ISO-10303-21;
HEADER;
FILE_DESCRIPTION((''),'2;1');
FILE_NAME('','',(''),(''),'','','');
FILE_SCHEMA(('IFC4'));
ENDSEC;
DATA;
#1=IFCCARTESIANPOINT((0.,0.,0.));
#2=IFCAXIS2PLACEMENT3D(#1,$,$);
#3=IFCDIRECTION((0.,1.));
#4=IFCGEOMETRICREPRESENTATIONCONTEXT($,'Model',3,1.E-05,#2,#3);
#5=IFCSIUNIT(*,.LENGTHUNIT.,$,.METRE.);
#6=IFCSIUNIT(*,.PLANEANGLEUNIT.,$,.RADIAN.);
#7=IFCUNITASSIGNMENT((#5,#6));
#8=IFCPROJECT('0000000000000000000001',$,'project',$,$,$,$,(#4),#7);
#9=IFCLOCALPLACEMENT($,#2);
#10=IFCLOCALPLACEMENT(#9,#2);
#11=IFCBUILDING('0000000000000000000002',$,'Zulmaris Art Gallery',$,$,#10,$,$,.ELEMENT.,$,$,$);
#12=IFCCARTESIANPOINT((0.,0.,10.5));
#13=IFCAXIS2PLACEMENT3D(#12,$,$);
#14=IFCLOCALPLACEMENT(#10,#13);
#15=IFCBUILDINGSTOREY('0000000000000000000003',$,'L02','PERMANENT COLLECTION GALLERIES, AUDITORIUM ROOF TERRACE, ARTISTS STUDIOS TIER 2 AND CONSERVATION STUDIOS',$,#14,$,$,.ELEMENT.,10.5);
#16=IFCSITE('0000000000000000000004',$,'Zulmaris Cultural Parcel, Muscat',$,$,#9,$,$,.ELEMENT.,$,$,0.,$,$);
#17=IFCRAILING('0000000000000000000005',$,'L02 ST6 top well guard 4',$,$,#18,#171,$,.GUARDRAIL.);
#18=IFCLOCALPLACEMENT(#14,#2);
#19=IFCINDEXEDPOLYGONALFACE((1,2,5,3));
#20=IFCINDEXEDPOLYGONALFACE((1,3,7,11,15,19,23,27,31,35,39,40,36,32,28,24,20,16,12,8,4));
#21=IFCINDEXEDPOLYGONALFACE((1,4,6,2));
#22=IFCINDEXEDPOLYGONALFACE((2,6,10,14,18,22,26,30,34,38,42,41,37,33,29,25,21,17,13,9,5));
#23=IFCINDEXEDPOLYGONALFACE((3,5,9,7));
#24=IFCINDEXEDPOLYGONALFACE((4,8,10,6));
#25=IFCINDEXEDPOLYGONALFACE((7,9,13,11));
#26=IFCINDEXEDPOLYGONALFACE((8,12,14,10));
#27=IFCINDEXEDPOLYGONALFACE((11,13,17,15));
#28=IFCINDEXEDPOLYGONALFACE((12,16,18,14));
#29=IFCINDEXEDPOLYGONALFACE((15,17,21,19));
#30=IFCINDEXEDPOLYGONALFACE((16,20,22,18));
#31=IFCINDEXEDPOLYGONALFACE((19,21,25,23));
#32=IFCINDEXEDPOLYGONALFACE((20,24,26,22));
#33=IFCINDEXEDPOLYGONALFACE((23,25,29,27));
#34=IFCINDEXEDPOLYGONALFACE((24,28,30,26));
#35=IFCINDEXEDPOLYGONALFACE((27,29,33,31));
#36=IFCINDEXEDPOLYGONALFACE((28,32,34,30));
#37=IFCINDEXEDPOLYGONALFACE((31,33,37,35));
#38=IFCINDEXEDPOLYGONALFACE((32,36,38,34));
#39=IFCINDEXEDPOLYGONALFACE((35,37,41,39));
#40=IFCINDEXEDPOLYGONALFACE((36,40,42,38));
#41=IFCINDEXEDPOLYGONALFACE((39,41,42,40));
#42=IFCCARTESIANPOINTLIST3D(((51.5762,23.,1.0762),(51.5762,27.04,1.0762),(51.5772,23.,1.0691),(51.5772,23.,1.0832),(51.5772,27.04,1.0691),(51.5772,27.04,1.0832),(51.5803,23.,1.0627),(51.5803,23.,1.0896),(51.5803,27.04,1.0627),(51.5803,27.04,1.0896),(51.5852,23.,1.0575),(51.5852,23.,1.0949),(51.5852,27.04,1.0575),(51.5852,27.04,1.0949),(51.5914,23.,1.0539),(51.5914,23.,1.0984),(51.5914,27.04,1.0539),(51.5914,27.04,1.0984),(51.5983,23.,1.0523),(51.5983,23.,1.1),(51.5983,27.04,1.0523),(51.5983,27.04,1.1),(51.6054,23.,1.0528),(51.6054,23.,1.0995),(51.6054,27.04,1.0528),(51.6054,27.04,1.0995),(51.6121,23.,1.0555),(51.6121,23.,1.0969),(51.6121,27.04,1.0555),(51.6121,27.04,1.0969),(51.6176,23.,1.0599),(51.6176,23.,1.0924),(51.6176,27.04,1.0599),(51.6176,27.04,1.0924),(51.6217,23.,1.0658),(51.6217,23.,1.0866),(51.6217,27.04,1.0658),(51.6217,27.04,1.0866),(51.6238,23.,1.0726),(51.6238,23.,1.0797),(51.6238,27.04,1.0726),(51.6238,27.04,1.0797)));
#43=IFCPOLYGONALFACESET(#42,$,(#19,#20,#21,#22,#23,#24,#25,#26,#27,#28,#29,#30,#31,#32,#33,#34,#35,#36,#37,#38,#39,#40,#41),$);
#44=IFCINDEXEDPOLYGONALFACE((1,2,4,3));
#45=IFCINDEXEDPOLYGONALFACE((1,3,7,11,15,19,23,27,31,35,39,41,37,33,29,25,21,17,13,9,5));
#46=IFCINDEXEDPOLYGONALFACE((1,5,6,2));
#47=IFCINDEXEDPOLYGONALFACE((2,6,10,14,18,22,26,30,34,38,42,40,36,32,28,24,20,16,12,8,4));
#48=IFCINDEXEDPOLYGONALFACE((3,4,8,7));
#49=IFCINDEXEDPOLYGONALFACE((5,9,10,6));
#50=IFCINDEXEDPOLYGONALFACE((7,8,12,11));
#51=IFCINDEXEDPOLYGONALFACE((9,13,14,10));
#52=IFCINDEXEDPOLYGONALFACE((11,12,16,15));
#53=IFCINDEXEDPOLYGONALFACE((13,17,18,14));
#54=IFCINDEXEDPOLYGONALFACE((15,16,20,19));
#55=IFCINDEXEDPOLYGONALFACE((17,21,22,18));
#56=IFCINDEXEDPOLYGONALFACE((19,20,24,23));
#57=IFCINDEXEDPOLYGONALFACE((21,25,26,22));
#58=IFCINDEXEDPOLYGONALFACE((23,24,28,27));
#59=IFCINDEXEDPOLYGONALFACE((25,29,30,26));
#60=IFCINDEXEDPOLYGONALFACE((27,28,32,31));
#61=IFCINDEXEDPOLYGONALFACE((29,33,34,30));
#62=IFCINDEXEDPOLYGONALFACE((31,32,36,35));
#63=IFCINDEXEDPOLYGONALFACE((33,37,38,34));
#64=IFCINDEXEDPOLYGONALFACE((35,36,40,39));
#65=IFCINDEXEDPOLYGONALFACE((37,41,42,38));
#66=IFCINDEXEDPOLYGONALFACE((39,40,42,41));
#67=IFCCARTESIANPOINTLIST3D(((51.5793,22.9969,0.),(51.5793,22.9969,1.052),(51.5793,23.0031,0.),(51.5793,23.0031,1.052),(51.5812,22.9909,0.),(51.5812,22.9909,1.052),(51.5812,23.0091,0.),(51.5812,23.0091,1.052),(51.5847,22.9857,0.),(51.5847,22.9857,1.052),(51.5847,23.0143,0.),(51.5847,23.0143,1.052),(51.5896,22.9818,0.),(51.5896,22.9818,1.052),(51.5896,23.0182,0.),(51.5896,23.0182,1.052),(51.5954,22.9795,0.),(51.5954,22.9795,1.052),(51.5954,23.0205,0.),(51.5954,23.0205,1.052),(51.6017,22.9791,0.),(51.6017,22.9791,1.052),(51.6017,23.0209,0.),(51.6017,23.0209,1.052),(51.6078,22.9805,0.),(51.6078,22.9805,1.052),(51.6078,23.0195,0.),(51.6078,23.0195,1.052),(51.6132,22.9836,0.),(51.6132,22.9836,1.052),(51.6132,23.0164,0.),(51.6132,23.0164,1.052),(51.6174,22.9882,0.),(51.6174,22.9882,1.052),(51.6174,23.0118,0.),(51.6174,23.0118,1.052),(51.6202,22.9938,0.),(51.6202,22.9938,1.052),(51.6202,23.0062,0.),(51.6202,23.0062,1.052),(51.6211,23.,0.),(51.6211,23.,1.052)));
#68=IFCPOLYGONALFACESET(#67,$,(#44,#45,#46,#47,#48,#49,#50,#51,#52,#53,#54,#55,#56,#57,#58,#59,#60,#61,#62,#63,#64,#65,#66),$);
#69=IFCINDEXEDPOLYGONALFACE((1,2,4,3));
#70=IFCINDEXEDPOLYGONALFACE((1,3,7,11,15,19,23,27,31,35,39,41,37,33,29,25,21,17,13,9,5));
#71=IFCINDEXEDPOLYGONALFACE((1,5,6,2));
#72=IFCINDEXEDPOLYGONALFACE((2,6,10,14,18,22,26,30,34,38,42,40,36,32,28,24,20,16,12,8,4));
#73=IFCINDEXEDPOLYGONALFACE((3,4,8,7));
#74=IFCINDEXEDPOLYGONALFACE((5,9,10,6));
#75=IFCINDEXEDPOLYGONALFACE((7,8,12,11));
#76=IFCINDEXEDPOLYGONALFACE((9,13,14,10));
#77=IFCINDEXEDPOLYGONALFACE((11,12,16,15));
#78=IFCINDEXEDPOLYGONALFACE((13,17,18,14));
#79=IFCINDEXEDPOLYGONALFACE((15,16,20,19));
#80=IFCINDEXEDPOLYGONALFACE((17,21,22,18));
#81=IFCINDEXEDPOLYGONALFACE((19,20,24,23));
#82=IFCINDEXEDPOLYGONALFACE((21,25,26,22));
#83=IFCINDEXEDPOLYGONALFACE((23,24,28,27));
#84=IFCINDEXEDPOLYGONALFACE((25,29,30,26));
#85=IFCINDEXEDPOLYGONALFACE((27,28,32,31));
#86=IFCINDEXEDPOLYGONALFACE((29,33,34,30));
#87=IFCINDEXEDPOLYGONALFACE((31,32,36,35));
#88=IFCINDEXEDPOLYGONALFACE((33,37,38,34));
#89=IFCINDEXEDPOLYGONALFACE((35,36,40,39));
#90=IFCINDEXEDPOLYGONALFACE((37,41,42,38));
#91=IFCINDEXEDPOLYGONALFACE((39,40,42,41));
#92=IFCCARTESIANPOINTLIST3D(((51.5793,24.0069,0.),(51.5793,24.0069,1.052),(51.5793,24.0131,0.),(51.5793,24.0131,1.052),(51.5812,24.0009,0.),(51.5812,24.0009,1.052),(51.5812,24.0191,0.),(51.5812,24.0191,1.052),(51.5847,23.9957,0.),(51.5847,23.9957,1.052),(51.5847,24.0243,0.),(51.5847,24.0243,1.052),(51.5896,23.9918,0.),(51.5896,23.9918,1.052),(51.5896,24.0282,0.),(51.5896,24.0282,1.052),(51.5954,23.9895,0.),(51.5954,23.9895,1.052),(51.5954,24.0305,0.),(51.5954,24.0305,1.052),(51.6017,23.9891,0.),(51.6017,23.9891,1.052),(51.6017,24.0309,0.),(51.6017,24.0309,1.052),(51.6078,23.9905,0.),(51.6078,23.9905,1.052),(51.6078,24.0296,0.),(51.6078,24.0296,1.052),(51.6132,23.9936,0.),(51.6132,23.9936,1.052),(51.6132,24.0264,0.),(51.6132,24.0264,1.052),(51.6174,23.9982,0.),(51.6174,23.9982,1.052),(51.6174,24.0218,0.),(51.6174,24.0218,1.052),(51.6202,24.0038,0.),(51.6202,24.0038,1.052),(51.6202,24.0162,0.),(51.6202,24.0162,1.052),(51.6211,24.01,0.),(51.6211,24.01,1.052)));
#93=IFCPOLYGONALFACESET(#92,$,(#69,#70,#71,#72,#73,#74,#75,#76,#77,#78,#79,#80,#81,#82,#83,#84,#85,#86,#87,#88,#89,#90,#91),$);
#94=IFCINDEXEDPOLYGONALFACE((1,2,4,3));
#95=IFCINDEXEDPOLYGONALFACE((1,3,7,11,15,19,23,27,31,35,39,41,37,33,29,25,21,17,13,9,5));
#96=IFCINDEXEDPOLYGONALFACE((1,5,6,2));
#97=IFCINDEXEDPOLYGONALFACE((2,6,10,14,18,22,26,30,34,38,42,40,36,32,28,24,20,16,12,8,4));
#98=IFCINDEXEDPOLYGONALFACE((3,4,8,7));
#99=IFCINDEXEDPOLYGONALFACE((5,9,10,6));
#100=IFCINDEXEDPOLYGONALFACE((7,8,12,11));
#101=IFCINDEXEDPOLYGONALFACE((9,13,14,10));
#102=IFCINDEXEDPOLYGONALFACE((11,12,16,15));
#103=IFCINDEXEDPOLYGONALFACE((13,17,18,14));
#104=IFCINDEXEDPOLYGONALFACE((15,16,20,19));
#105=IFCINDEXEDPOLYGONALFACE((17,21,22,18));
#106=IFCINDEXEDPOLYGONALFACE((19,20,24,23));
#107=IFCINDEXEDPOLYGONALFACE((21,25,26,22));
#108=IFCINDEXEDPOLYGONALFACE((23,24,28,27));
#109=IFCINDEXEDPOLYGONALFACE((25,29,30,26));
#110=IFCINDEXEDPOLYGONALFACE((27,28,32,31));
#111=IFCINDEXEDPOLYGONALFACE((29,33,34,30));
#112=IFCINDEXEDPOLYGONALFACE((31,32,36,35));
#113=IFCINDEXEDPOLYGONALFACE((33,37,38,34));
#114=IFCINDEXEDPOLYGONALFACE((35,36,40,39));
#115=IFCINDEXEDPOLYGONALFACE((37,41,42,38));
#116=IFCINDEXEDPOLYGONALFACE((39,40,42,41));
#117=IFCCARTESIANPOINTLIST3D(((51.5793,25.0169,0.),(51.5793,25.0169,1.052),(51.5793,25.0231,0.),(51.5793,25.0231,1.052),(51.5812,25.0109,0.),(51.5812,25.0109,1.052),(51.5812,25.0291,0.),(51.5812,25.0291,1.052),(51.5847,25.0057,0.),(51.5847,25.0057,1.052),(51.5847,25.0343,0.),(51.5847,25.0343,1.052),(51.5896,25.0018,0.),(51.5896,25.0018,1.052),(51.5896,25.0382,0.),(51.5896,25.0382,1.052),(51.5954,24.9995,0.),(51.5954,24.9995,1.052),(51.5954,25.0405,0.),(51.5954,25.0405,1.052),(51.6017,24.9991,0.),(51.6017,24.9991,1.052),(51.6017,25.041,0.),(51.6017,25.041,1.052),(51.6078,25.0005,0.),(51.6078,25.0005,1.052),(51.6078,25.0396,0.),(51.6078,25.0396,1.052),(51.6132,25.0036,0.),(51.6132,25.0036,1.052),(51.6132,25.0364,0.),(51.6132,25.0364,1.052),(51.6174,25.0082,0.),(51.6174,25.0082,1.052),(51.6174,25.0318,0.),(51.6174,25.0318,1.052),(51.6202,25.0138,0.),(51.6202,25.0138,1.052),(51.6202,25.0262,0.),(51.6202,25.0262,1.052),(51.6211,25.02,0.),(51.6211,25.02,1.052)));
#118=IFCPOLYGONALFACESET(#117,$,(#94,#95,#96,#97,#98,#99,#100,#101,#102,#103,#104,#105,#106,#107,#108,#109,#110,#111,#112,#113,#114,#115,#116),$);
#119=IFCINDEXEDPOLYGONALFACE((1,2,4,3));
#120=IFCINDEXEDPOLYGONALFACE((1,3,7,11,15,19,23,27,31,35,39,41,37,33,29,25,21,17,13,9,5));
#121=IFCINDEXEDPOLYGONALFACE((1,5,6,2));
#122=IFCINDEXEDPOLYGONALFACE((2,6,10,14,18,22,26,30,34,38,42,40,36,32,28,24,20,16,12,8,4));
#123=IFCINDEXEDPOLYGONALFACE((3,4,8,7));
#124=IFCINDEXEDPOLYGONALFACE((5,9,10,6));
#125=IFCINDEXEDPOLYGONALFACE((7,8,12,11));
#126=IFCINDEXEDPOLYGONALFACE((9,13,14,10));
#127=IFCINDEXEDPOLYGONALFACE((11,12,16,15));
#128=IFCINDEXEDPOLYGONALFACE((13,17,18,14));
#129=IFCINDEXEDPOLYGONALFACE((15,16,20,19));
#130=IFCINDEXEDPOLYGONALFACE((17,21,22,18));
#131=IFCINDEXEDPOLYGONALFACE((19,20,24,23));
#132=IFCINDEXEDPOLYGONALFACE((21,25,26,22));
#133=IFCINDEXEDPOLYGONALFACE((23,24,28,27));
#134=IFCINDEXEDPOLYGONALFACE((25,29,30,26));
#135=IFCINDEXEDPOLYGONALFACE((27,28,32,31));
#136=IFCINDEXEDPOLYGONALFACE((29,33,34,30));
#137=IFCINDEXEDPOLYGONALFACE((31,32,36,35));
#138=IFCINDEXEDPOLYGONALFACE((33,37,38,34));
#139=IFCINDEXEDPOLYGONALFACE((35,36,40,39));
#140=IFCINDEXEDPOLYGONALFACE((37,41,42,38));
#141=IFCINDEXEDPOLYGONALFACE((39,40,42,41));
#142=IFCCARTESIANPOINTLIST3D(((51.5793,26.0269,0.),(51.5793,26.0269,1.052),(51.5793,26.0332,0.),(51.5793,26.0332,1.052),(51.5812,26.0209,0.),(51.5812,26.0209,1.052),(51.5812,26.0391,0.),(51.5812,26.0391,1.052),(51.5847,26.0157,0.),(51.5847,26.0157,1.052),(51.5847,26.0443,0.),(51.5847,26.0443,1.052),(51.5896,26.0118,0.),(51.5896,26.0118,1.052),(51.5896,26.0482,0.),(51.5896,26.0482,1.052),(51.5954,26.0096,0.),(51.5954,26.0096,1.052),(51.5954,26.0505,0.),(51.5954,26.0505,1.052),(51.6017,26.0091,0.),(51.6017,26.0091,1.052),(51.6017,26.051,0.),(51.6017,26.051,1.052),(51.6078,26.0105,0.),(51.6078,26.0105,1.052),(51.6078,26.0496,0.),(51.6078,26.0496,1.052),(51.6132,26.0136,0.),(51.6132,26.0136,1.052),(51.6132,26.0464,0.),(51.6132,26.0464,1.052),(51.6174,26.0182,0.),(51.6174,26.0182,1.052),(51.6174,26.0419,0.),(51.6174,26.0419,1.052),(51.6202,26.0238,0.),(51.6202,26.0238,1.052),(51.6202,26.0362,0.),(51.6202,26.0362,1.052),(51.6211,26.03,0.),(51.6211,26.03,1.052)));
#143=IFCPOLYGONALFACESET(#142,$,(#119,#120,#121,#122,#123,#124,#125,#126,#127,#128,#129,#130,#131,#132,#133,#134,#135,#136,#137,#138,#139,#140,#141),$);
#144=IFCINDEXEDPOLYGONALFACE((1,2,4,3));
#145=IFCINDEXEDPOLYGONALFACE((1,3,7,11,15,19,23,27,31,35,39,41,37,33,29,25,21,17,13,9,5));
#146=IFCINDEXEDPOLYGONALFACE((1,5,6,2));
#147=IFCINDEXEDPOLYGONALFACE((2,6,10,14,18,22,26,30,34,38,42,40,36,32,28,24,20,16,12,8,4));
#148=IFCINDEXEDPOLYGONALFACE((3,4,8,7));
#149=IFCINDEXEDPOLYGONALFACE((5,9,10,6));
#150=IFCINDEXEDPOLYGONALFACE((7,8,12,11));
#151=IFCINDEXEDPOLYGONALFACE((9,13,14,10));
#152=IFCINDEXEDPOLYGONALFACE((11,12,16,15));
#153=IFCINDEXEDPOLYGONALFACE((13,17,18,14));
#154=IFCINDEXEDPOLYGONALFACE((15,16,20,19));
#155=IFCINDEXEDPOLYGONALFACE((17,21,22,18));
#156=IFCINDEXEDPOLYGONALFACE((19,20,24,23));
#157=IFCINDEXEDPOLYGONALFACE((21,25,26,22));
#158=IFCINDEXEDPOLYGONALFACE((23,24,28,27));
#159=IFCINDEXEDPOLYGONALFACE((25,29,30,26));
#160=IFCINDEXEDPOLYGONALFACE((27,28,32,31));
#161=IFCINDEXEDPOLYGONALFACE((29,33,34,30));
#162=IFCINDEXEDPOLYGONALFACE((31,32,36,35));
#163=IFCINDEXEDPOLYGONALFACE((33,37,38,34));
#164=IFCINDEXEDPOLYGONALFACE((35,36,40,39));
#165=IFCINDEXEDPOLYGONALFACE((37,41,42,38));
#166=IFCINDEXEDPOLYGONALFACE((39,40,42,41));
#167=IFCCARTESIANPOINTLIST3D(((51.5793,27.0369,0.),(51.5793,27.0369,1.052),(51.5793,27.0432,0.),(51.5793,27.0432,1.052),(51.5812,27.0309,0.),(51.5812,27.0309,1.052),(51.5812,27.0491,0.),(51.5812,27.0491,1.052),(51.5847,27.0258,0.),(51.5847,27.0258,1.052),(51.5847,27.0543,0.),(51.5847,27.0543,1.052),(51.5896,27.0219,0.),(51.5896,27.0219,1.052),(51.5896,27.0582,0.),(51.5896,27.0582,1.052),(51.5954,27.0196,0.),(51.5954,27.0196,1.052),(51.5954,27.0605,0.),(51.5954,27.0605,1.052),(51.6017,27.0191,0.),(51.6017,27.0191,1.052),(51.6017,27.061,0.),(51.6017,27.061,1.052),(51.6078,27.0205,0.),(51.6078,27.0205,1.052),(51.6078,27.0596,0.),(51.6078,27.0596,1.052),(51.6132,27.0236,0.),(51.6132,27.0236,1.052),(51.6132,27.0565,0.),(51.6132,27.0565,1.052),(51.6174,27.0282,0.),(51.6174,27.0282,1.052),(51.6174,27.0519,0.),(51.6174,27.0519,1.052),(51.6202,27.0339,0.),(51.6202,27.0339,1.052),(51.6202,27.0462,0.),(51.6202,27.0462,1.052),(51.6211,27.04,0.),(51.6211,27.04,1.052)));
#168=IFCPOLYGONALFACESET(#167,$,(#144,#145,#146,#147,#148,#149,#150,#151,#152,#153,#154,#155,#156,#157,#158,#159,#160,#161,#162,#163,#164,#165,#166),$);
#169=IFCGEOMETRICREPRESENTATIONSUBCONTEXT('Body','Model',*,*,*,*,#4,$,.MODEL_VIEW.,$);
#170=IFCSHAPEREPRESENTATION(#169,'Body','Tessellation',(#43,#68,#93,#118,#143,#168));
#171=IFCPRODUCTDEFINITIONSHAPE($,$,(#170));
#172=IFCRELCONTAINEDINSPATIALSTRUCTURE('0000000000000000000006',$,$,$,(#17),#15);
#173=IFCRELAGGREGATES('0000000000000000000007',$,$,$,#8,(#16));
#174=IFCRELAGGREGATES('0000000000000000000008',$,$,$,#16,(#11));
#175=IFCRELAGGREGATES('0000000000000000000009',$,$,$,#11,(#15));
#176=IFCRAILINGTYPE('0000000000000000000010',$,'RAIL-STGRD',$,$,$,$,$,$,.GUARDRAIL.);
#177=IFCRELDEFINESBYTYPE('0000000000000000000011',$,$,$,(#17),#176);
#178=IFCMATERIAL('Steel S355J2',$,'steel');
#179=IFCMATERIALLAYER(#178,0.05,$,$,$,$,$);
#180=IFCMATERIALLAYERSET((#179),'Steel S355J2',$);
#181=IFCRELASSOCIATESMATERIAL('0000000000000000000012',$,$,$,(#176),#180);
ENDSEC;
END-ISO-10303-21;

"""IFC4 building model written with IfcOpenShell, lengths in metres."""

from ifc_helpers import new_model, si_unit, direction, frame, origin, origin_2d, place, context, subcontext, project, spatial, circle, extrude, material, layer, layer_set, type_object, element, save


model = new_model("IFC4")

# Units and contexts
model_context = context("Model", 3, precision=1e-05, world=origin(), true_north=direction((0.0, 1.0)))
body_context = subcontext(model_context, "Body", "Model", "MODEL_VIEW")
ifc_project = project(units=[si_unit("LENGTHUNIT", "METRE"), si_unit("PLANEANGLEUNIT", "RADIAN")], contexts=[model_context])

# Site, building, storey
site_placement = place(None, origin())
site = spatial("IfcSite", under=ifc_project, at=site_placement, Name="Zulmaris Cultural Parcel, Muscat", CompositionType="ELEMENT", RefElevation=0.0)
building_placement = place(site_placement, origin())
building = spatial("IfcBuilding", under=site, at=building_placement, Name="Zulmaris Art Gallery", CompositionType="ELEMENT")
storey_placement = place(building_placement, frame((0.0, 0.0, 10.5)))
storey = spatial("IfcBuildingStorey", under=building, at=storey_placement, Name="L02", Description="PERMANENT COLLECTION GALLERIES, AUDITORIUM ROOF TERRACE, ARTISTS STUDIOS TIER 2 AND CONSERVATION STUDIOS", CompositionType="ELEMENT", Elevation=10.5)

# Shared definitions
ifc_material_1 = material(Name="Steel S355J2", Category="steel")

# Railing
ifc_layer_1 = layer(ifc_material_1, 0.05)
ifc_layer_set_1 = layer_set([ifc_layer_1], Name="Steel S355J2")
railing_type = type_object("IfcRailingType", Name="RAIL-STGRD", PredefinedType="GUARDRAIL", material=ifc_layer_set_1)
railing_placement = place(storey_placement, frame((51.6001, 23.0, 0.0)))
element("IfcRailing", 1, at=railing_placement, inside=storey, type_object=railing_type, Name="L02 ST6 top well guard 4", PredefinedType="GUARDRAIL", context=body_context, shape_type="SweptSolid", body=[
    extrude(circle(Radius=0.0239, at=origin_2d()), frame((0.0, 0.0, 1.0762), z_axis=(0.0, 1.0, 0.0), x_axis=(-1.0, 0.0, 0.0)), (0.0, 0.0, 1.0), 4.04),
    extrude(circle(Radius=0.021, at=origin_2d()), origin(), (0.0, 0.0, 1.0), 1.052),
    extrude(circle(Radius=0.021, at=origin_2d()), frame((0.0, 1.01, 0.0)), (0.0, 0.0, 1.0), 1.052),
    extrude(circle(Radius=0.021, at=origin_2d()), frame((0.0, 2.02, 0.0)), (0.0, 0.0, 1.0), 1.052),
    extrude(circle(Radius=0.021, at=origin_2d()), frame((0.0, 3.03, 0.0)), (0.0, 0.0, 1.0), 1.052),
    extrude(circle(Radius=0.021, at=origin_2d()), frame((0.0, 4.04, 0.0)), (0.0, 0.0, 1.0), 1.052),
])

save(model, "model.ifc")
